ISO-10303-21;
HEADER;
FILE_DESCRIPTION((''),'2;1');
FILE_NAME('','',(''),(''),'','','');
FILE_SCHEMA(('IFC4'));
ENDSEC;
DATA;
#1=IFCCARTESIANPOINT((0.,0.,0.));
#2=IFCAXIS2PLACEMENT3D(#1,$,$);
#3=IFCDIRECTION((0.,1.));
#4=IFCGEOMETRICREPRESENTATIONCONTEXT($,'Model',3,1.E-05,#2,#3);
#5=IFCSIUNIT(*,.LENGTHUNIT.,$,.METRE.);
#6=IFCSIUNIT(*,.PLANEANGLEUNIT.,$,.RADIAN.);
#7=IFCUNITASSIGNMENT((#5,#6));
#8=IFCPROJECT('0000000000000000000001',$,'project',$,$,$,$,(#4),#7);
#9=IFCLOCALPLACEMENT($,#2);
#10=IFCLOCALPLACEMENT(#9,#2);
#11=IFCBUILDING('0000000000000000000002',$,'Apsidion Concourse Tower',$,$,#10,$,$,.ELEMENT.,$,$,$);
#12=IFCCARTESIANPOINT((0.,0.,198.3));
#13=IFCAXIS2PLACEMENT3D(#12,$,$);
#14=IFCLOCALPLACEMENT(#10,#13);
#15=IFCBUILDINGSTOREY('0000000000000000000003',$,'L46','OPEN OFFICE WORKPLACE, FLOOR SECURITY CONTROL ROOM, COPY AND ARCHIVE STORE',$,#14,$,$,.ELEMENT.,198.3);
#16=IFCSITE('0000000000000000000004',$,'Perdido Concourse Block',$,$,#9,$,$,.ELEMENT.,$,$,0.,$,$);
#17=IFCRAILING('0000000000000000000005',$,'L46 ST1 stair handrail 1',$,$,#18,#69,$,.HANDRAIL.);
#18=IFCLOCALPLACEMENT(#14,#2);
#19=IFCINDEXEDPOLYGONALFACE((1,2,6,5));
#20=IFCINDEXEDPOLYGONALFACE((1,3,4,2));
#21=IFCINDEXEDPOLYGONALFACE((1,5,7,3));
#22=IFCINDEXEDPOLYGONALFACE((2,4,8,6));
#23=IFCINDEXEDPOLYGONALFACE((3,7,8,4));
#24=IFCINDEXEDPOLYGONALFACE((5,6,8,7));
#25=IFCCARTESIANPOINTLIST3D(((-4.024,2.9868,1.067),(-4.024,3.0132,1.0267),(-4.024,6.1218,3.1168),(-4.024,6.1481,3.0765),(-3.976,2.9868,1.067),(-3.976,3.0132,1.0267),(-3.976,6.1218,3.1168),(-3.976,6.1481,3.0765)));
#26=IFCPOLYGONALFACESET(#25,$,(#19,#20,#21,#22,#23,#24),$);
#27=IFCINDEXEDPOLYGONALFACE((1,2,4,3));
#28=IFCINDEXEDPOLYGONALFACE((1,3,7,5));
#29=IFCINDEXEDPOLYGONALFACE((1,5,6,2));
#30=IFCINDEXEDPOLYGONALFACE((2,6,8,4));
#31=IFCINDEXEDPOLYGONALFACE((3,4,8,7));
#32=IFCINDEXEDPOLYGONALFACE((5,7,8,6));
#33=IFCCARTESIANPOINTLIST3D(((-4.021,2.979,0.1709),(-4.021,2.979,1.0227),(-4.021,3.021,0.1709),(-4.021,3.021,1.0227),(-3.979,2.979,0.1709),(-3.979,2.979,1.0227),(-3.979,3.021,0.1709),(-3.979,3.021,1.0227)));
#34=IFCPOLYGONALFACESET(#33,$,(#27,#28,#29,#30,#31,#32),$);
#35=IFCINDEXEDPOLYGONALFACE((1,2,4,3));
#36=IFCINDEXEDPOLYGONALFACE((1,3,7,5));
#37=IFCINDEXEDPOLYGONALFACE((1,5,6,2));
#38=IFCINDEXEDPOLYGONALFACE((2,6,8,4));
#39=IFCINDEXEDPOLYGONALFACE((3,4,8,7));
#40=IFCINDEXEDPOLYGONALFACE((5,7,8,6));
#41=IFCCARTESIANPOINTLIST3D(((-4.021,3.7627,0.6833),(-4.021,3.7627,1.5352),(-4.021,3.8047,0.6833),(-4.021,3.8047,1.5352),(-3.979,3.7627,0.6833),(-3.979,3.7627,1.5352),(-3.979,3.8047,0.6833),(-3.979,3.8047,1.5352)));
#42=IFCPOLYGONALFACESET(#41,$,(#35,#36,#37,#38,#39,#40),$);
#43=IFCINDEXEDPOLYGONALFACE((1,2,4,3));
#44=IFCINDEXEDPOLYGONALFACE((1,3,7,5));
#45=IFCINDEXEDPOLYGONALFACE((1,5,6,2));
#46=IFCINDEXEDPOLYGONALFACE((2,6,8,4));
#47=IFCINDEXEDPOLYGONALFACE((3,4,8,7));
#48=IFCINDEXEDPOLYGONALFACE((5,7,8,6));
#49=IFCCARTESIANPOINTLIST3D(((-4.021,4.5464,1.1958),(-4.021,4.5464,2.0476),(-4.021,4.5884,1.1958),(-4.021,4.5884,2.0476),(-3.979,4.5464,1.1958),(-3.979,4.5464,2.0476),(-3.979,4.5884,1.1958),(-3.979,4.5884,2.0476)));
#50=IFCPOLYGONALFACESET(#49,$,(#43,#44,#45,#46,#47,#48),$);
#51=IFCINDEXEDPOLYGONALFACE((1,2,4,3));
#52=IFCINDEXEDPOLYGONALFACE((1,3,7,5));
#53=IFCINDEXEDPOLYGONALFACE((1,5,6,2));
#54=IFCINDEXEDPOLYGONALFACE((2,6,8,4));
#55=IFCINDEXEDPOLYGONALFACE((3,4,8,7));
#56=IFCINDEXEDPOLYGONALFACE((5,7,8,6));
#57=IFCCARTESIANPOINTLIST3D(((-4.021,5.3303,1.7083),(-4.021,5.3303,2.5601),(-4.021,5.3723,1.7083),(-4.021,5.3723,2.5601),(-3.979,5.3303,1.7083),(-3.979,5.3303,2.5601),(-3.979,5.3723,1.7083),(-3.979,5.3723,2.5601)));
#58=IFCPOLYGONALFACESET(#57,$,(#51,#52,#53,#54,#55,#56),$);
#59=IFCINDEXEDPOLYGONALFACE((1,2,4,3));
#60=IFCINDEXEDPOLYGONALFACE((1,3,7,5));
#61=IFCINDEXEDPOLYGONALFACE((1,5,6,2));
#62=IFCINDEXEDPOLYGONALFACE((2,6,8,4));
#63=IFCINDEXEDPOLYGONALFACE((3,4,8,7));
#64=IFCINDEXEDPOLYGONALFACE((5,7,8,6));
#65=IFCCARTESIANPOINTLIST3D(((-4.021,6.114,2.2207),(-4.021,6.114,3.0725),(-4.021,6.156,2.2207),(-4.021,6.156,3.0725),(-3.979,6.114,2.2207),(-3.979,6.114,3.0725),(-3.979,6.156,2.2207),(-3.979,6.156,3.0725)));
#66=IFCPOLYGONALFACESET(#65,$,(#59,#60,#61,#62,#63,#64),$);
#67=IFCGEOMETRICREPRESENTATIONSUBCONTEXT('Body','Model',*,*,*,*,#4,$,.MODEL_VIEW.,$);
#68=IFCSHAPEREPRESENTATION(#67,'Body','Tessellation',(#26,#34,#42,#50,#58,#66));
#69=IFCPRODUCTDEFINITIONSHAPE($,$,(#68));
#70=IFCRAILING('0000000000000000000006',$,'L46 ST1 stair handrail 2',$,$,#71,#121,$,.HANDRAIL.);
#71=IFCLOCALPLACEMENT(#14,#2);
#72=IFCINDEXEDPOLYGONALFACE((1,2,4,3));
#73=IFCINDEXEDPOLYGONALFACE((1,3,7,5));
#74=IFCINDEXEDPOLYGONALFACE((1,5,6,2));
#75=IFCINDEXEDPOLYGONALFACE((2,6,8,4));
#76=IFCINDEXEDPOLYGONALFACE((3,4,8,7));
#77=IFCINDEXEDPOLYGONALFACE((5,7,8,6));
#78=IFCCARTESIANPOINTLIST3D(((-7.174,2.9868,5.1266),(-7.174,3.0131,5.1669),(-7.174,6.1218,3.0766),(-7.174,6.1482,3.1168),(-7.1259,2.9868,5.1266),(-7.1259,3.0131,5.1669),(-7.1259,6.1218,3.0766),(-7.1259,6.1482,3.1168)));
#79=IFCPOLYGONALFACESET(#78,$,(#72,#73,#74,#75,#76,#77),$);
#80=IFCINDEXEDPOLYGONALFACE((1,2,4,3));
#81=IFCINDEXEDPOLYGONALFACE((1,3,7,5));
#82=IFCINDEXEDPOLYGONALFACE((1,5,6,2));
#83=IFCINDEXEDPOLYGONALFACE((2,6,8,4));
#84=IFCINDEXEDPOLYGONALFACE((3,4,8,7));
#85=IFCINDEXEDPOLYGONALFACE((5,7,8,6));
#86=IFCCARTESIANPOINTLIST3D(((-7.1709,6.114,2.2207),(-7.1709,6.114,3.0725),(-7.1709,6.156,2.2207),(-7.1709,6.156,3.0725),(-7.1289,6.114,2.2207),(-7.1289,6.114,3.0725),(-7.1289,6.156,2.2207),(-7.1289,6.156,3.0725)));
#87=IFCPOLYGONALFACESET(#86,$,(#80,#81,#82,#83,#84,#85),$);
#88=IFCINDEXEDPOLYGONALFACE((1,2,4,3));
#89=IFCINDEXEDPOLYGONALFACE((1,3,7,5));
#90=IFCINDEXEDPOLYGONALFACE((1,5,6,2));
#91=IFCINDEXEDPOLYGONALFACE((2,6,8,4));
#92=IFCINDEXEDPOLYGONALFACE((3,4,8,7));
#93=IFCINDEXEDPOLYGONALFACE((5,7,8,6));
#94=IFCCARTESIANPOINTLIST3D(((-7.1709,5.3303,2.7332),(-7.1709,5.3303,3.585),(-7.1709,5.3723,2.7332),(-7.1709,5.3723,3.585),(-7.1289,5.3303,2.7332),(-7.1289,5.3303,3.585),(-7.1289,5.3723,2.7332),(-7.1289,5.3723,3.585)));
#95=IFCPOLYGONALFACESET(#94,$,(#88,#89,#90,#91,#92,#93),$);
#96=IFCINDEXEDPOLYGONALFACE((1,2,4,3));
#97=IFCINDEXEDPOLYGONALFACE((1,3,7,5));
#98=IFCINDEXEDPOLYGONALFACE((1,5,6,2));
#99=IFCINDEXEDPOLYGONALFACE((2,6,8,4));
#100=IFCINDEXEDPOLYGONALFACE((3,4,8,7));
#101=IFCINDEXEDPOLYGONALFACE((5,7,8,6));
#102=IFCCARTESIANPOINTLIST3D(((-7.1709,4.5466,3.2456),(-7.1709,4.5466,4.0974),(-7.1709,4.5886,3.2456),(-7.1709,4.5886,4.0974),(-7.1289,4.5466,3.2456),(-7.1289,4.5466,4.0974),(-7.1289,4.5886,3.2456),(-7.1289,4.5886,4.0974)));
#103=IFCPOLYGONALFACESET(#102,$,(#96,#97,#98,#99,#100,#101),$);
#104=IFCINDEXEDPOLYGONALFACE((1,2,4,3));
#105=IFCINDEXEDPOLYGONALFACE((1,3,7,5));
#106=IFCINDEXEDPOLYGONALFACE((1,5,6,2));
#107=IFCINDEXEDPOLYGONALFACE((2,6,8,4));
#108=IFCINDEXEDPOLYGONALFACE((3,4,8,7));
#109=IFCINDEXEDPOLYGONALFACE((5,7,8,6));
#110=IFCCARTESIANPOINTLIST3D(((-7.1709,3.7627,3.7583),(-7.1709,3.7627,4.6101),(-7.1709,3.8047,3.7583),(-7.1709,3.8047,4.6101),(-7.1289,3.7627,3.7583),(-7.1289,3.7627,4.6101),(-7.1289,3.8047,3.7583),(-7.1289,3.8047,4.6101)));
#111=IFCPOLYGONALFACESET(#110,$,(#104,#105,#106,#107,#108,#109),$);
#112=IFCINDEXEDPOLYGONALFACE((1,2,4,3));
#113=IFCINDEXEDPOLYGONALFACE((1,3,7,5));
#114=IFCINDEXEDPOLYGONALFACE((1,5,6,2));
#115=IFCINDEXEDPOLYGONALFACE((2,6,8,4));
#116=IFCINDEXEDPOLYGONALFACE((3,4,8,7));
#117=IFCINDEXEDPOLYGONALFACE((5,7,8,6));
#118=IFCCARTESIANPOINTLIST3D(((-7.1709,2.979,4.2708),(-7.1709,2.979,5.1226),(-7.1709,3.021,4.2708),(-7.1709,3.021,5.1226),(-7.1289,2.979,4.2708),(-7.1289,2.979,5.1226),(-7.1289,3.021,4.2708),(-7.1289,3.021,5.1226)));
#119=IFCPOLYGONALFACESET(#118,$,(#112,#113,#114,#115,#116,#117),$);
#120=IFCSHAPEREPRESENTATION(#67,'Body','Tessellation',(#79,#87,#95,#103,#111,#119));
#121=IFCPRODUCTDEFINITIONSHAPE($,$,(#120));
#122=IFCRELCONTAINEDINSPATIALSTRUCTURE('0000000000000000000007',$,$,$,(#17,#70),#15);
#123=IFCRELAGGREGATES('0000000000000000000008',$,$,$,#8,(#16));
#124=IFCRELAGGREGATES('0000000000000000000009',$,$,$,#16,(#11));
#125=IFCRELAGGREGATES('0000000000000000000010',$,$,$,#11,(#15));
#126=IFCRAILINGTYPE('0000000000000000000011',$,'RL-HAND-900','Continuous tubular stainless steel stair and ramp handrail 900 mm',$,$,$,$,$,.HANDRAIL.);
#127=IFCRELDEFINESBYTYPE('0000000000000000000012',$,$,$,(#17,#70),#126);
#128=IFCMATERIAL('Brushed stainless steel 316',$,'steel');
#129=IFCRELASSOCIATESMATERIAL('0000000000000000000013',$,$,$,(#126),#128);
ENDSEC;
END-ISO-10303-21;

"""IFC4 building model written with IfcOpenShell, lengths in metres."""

from ifc_helpers import new_model, si_unit, direction, frame, origin, origin_2d, place, context, subcontext, project, spatial, rectangle, extrude, material, type_object, element, save


model = new_model("IFC4")

# Units and contexts
model_context = context("Model", 3, precision=1e-05, world=origin(), true_north=direction((0.0, 1.0)))
body_context = subcontext(model_context, "Body", "Model", "MODEL_VIEW")
ifc_project = project(units=[si_unit("LENGTHUNIT", "METRE"), si_unit("PLANEANGLEUNIT", "RADIAN")], contexts=[model_context])

# Site, building, storey
site_placement = place(None, origin())
site = spatial("IfcSite", under=ifc_project, at=site_placement, Name="Perdido Concourse Block", CompositionType="ELEMENT", RefElevation=0.0)
building_placement = place(site_placement, origin())
building = spatial("IfcBuilding", under=site, at=building_placement, Name="Apsidion Concourse Tower", CompositionType="ELEMENT")
storey_placement = place(building_placement, frame((0.0, 0.0, 198.3)))
storey = spatial("IfcBuildingStorey", under=building, at=storey_placement, Name="L46", Description="OPEN OFFICE WORKPLACE, FLOOR SECURITY CONTROL ROOM, COPY AND ARCHIVE STORE", CompositionType="ELEMENT", Elevation=198.3)

# Shared definitions
ifc_material_1 = material(Name="Brushed stainless steel 316", Category="steel")

# Railings
railing_type_1 = type_object("IfcRailingType", Name="RL-HAND-900", Description="Continuous tubular stainless steel stair and ramp handrail 900 mm", PredefinedType="HANDRAIL", material=ifc_material_1)
railing_1_placement = place(storey_placement, frame((-4.0, 3.0, 0.1709)))
element("IfcRailing", 1, at=railing_1_placement, inside=storey, type_object=railing_type_1, Name="L46 ST1 stair handrail 1", PredefinedType="HANDRAIL", context=body_context, shape_type="SweptSolid", body=[
    extrude(rectangle(XDim=0.0481, YDim=0.0481, at=origin_2d()), frame((0.0, 0.0, 0.876), z_axis=(0.0, 0.836971, 0.547248), x_axis=(-1.0, 0.0, 0.0)), (0.0, 0.0, 1.0), 3.7456),
    extrude(rectangle(XDim=0.042, YDim=0.042, at=origin_2d()), origin(), (0.0, 0.0, 1.0), 0.8518),
    extrude(rectangle(XDim=0.042, YDim=0.042, at=origin_2d()), frame((0.0, 0.7837, 0.5125)), (0.0, 0.0, 1.0), 0.8518),
    extrude(rectangle(XDim=0.042, YDim=0.042, at=origin_2d()), frame((0.0, 1.5674, 1.0249)), (0.0, 0.0, 1.0), 0.8518),
    extrude(rectangle(XDim=0.042, YDim=0.042, at=origin_2d()), frame((0.0, 2.3513, 1.5374)), (0.0, 0.0, 1.0), 0.8518),
    extrude(rectangle(XDim=0.042, YDim=0.042, at=origin_2d()), frame((0.0, 3.135, 2.0498)), (0.0, 0.0, 1.0), 0.8518),
])
railing_2_placement = place(storey_placement, frame((-7.1499, 6.135, 2.2207)))
element("IfcRailing", 2, at=railing_2_placement, inside=storey, type_object=railing_type_1, Name="L46 ST1 stair handrail 2", PredefinedType="HANDRAIL", context=body_context, shape_type="SweptSolid", body=[
    extrude(rectangle(XDim=0.0481, YDim=0.0481, at=origin_2d()), frame((0.0, 0.0, 0.876), z_axis=(0.0, -0.836941, 0.547293), x_axis=(1.0, 0.0, 0.0)), (0.0, 0.0, 1.0), 3.7458),
    extrude(rectangle(XDim=0.042, YDim=0.042, at=origin_2d()), origin(), (0.0, 0.0, 1.0), 0.8518),
    extrude(rectangle(XDim=0.042, YDim=0.042, at=origin_2d()), frame((0.0, -0.7837, 0.5125)), (0.0, 0.0, 1.0), 0.8518),
    extrude(rectangle(XDim=0.042, YDim=0.042, at=origin_2d()), frame((0.0, -1.5674, 1.0249)), (0.0, 0.0, 1.0), 0.8518),
    extrude(rectangle(XDim=0.042, YDim=0.042, at=origin_2d()), frame((0.0, -2.3513, 1.5376)), (0.0, 0.0, 1.0), 0.8518),
    extrude(rectangle(XDim=0.042, YDim=0.042, at=origin_2d()), frame((0.0, -3.135, 2.05)), (0.0, 0.0, 1.0), 0.8518),
])

save(model, "model.ifc")
